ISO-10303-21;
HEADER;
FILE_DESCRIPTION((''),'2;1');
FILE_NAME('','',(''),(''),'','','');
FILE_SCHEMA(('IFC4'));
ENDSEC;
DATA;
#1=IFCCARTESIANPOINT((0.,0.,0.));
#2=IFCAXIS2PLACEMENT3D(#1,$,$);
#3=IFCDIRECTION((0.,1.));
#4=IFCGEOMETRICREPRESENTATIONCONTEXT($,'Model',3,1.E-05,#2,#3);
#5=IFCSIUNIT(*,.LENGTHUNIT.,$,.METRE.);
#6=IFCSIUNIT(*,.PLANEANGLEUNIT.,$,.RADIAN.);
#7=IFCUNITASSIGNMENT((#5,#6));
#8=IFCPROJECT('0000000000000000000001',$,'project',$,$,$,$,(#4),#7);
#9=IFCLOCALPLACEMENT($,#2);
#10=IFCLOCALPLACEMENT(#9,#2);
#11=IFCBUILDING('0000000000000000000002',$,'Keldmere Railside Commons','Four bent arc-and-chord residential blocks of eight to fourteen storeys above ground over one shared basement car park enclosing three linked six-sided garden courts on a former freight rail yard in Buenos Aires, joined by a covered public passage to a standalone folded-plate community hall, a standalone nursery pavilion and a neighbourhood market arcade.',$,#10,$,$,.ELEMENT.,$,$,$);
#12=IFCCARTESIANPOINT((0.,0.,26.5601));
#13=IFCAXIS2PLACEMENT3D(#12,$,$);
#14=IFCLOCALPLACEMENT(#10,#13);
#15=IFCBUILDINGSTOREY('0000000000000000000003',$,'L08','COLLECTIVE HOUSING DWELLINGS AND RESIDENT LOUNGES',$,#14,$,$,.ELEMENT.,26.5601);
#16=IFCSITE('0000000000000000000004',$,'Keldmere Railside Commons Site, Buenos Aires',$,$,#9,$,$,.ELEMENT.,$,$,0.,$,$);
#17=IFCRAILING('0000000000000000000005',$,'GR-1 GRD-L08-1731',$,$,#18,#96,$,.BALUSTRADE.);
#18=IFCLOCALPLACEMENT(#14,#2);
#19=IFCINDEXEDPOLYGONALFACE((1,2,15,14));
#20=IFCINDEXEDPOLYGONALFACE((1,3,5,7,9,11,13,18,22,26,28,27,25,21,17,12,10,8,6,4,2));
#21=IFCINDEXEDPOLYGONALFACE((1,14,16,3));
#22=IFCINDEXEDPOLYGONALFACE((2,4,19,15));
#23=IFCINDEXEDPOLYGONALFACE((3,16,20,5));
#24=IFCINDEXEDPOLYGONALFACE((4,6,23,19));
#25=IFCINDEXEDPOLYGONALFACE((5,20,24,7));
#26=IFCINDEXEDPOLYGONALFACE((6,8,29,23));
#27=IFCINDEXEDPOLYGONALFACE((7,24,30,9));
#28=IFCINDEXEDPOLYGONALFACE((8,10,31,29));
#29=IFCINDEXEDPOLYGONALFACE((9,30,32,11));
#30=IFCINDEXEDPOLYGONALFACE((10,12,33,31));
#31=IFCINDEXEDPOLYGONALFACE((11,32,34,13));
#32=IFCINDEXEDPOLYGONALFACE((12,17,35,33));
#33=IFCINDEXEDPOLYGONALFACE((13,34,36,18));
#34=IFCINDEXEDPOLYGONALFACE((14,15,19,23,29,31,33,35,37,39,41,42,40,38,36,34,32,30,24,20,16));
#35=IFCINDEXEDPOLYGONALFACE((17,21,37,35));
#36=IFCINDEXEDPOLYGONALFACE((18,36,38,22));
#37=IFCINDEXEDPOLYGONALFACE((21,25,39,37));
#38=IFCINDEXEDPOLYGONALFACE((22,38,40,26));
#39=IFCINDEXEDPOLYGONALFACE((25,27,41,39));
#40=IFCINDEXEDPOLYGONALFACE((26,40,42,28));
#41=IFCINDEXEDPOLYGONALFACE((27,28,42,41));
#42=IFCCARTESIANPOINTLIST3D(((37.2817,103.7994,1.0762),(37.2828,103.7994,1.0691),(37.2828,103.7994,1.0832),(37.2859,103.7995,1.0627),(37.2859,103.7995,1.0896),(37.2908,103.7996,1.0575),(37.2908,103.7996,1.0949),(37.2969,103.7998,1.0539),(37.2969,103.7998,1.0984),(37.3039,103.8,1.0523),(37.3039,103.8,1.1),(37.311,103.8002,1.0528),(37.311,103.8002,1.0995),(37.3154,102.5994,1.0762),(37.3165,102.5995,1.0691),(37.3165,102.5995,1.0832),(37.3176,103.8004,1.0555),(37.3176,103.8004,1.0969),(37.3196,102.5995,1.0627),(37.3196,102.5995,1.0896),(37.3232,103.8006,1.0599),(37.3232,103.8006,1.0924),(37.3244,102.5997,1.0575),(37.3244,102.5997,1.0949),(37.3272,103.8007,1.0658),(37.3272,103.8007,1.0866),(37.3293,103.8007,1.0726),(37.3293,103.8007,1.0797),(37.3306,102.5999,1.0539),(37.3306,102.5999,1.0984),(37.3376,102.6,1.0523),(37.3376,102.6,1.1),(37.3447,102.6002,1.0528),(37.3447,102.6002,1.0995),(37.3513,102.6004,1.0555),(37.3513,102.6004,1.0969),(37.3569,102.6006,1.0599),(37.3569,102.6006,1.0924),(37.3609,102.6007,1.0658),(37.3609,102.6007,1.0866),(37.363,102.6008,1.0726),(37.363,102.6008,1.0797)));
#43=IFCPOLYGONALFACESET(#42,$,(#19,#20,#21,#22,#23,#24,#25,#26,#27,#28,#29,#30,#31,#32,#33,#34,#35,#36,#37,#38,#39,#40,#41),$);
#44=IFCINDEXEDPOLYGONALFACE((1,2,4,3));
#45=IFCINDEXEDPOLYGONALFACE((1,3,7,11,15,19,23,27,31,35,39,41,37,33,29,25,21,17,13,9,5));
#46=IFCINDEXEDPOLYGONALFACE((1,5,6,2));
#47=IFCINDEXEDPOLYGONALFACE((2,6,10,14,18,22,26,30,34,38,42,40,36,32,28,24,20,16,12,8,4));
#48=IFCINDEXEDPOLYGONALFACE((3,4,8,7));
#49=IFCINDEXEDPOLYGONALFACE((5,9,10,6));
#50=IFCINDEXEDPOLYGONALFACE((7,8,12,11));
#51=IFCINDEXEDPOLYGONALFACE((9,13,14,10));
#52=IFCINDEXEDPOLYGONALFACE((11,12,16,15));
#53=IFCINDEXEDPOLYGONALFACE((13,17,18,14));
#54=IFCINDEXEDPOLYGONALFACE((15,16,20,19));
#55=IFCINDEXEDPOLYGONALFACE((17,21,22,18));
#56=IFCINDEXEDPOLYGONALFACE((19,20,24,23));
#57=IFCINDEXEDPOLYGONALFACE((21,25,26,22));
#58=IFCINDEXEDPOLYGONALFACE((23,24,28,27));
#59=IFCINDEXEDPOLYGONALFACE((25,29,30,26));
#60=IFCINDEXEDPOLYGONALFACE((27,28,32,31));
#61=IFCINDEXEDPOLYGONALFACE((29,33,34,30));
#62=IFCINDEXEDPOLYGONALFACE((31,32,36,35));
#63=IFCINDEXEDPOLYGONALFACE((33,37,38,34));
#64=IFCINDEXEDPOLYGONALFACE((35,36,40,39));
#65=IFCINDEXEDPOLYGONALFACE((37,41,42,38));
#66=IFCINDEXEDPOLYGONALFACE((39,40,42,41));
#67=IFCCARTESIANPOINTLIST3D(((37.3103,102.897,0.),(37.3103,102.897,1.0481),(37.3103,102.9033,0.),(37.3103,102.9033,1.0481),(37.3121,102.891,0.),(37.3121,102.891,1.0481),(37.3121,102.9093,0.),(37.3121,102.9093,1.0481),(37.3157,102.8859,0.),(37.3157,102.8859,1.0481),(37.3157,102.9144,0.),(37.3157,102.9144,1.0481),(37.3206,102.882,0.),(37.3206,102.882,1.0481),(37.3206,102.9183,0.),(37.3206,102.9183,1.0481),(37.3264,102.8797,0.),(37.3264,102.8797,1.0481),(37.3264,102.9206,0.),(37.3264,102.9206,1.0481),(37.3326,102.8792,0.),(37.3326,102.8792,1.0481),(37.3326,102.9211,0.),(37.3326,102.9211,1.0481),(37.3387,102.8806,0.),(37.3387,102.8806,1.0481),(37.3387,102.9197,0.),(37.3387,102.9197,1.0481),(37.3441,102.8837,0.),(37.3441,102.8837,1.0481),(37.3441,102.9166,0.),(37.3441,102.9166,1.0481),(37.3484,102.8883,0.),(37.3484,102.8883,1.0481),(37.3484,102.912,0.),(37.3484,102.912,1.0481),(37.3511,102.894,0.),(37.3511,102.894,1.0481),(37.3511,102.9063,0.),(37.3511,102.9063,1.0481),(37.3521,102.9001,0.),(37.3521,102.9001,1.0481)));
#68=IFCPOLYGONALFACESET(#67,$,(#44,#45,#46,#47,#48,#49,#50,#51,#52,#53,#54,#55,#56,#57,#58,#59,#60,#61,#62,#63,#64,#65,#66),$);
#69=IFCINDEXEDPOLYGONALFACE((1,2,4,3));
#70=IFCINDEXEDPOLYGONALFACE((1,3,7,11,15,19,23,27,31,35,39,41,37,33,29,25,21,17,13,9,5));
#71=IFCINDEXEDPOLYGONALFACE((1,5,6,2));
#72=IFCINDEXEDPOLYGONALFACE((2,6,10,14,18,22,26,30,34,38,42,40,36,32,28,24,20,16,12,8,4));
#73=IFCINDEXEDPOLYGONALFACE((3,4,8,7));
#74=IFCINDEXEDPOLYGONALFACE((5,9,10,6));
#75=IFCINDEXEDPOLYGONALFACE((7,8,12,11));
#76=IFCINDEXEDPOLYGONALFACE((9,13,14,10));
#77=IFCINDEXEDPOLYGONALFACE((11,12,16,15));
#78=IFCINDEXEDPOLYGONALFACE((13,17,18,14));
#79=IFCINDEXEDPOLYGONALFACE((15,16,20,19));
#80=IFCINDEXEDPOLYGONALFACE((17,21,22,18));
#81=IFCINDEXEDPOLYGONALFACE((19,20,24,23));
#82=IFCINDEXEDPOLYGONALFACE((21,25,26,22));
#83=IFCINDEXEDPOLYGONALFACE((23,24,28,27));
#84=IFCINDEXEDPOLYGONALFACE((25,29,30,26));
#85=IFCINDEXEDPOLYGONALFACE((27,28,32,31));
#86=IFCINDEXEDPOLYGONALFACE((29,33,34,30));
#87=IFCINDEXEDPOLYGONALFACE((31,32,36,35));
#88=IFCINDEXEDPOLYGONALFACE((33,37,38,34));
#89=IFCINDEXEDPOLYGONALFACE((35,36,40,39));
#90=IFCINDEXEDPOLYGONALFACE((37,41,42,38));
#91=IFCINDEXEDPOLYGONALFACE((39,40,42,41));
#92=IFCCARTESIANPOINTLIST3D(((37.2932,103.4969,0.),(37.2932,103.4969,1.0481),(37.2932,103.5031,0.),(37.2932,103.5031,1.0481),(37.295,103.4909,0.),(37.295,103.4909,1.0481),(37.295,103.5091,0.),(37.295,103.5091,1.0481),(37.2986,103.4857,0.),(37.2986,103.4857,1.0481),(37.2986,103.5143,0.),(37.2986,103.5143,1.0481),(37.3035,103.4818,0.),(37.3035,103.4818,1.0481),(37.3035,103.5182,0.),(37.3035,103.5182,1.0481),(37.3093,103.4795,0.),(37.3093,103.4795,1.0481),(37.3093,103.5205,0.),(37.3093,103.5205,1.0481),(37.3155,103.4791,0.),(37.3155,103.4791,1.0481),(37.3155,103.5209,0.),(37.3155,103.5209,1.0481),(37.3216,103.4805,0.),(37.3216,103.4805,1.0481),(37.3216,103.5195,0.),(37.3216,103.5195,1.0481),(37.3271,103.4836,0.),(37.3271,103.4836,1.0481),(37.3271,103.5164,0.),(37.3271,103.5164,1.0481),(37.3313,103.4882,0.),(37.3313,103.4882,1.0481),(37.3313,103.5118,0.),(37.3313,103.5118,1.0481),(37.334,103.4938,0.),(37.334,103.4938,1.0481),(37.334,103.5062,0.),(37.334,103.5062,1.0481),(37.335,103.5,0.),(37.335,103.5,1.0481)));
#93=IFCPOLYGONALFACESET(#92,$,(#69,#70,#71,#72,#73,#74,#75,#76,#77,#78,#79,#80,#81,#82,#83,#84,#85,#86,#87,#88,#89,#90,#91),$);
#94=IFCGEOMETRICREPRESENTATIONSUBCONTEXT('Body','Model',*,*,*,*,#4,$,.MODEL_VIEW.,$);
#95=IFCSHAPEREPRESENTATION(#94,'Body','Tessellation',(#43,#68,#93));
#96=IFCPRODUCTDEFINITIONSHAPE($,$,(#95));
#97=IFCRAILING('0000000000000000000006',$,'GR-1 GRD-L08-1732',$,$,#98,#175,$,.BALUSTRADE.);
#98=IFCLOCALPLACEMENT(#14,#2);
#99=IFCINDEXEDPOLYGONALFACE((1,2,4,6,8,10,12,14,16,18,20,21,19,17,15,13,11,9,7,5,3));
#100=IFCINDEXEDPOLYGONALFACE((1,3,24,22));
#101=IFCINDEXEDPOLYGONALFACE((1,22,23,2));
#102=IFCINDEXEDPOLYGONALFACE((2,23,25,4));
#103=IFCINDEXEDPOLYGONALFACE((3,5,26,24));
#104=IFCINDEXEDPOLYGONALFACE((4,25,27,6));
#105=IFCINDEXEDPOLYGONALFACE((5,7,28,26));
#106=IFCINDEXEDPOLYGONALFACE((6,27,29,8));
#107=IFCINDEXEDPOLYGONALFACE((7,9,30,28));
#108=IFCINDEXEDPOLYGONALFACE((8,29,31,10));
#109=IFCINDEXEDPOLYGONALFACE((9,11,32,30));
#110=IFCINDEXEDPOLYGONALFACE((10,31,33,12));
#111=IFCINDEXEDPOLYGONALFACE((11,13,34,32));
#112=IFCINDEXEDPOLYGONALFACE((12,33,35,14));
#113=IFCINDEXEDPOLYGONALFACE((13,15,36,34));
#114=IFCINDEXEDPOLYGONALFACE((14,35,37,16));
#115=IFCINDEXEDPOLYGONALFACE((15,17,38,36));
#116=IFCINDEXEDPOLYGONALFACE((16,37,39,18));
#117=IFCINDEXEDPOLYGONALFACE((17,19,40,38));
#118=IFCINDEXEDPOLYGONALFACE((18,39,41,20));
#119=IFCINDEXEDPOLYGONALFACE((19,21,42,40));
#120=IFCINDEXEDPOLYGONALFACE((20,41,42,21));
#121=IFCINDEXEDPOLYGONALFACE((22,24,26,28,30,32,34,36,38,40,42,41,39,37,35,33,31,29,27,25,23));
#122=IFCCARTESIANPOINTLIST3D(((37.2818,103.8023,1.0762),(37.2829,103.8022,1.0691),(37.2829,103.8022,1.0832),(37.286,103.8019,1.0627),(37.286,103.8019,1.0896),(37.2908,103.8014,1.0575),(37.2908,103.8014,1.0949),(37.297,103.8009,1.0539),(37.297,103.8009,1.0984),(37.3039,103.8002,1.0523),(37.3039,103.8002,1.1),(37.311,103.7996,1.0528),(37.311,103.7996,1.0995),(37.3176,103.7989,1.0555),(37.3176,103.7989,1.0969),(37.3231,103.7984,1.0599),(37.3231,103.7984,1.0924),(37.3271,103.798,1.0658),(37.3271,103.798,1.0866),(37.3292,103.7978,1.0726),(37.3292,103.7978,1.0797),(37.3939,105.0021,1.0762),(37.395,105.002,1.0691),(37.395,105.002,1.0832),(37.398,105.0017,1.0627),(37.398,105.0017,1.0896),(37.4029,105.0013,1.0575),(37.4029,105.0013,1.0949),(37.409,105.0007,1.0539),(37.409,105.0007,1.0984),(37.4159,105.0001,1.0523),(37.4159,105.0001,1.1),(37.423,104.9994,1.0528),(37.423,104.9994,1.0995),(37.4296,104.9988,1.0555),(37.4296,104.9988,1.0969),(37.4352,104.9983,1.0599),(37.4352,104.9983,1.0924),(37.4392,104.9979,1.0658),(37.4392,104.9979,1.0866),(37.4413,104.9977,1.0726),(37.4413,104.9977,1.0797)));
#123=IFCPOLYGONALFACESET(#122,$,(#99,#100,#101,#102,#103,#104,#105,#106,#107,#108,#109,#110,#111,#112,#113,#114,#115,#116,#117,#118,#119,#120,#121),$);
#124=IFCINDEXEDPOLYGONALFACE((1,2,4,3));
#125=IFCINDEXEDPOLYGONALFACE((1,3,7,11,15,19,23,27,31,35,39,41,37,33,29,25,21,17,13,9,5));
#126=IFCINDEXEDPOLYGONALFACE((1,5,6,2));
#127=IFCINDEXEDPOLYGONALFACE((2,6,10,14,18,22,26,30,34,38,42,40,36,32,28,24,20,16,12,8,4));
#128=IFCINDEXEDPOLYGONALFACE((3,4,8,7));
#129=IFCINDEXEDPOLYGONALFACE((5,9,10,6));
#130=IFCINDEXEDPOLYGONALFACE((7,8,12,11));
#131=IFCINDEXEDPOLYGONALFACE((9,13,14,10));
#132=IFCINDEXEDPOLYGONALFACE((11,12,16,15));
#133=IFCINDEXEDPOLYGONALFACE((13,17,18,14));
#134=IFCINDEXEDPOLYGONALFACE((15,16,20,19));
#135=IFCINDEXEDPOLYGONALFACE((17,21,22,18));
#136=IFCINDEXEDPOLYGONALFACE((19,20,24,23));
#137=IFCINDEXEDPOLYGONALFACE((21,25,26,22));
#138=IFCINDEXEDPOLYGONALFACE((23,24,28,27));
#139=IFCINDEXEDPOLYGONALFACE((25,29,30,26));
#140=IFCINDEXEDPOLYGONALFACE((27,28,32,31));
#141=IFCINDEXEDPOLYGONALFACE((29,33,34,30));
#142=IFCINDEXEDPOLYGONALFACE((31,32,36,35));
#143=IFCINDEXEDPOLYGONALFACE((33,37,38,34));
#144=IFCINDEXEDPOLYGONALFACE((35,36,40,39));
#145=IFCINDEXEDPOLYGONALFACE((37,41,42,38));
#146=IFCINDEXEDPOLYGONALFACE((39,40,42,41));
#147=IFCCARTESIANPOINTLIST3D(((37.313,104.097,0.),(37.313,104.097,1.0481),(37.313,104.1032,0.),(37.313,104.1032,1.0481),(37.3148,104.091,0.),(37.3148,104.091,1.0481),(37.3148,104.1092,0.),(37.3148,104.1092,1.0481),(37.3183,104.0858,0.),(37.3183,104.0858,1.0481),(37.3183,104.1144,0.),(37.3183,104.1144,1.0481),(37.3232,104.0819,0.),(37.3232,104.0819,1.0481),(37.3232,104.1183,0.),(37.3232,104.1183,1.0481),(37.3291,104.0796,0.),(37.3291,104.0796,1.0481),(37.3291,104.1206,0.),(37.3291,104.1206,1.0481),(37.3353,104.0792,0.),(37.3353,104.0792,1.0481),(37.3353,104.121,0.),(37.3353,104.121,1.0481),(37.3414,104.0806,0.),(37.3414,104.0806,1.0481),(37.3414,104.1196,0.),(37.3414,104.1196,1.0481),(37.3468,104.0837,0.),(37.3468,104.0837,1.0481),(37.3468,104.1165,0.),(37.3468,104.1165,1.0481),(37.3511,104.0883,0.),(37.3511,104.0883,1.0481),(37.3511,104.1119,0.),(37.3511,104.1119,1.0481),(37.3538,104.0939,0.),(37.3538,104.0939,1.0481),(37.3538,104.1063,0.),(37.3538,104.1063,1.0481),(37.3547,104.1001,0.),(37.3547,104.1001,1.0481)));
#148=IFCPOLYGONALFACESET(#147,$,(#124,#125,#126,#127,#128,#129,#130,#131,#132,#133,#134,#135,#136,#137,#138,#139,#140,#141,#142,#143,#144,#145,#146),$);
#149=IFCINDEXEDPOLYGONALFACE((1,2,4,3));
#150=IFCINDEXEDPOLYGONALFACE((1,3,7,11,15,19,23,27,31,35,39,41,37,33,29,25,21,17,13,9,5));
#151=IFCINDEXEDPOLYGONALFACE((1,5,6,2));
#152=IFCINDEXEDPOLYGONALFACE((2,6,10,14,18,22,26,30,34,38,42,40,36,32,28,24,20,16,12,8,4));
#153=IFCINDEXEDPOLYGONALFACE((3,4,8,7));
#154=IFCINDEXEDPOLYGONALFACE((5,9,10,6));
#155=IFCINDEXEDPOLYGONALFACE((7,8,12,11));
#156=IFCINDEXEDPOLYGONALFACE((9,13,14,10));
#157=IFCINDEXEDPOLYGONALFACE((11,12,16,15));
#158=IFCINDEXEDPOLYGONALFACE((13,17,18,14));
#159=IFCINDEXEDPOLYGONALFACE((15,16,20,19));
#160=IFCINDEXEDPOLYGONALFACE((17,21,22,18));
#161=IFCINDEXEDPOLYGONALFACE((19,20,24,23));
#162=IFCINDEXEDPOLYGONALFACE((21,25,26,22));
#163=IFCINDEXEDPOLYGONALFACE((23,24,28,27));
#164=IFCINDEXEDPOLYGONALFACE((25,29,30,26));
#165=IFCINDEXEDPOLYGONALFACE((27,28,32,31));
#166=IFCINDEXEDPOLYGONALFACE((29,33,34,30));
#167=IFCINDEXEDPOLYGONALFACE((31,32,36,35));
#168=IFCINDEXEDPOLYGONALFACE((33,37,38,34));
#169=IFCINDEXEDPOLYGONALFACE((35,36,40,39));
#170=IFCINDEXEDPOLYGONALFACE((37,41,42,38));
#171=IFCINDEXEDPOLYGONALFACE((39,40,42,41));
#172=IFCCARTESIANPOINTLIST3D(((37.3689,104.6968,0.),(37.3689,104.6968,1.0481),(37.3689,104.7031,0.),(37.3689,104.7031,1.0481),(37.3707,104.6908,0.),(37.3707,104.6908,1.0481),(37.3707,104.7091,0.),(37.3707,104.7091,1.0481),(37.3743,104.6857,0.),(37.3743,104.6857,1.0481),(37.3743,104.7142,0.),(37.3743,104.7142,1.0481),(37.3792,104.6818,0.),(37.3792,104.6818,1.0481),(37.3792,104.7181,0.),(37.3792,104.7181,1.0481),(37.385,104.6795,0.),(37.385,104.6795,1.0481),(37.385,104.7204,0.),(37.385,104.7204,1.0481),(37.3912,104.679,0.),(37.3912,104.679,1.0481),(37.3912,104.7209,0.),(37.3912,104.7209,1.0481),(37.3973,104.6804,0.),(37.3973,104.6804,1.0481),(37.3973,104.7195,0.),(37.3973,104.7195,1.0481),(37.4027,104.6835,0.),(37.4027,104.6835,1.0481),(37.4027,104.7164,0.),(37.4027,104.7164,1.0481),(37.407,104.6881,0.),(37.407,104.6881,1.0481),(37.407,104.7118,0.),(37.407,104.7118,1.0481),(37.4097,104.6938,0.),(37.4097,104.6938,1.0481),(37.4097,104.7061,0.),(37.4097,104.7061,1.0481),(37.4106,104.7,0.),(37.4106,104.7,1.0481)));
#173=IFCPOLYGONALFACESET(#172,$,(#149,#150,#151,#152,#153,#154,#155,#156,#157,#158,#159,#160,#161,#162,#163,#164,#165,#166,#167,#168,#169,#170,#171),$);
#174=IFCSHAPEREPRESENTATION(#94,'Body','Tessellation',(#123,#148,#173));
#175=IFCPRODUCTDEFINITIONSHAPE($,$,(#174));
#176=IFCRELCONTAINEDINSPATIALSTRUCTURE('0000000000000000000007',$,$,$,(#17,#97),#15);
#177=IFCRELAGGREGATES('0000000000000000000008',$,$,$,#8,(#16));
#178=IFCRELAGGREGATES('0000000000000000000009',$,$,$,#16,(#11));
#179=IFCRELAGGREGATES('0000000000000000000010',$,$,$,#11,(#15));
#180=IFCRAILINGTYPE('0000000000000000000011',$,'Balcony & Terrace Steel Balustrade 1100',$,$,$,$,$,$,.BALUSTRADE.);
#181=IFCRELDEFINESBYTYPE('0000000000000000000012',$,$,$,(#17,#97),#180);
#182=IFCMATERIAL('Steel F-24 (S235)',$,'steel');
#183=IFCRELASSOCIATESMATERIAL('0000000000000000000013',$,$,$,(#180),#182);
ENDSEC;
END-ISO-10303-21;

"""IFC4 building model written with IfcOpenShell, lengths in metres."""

from ifc_helpers import new_model, si_unit, direction, frame, origin, origin_2d, place, context, subcontext, project, spatial, circle, extrude, material, type_object, element, save


model = new_model("IFC4")

# Units and contexts
model_context = context("Model", 3, precision=1e-05, world=origin(), true_north=direction((0.0, 1.0)))
body_context = subcontext(model_context, "Body", "Model", "MODEL_VIEW")
ifc_project = project(units=[si_unit("LENGTHUNIT", "METRE"), si_unit("PLANEANGLEUNIT", "RADIAN")], contexts=[model_context])

# Site, building, storey
site_placement = place(None, origin())
site = spatial("IfcSite", under=ifc_project, at=site_placement, Name="Keldmere Railside Commons Site, Buenos Aires", CompositionType="ELEMENT", RefElevation=0.0)
building_placement = place(site_placement, origin())
building = spatial("IfcBuilding", under=site, at=building_placement, Name="Keldmere Railside Commons", Description="Four bent arc-and-chord residential blocks of eight to fourteen storeys above ground over one shared basement car park enclosing three linked six-sided garden courts on a former freight rail yard in Buenos Aires, joined by a covered public passage to a standalone folded-plate community hall, a standalone nursery pavilion and a neighbourhood market arcade.", CompositionType="ELEMENT")
storey_placement = place(building_placement, frame((0.0, 0.0, 26.5601)))
storey = spatial("IfcBuildingStorey", under=building, at=storey_placement, Name="L08", Description="COLLECTIVE HOUSING DWELLINGS AND RESIDENT LOUNGES", CompositionType="ELEMENT", Elevation=26.5601)

# Railings
ifc_material_1 = material(Name="Steel F-24 (S235)", Category="steel")
railing_type = type_object("IfcRailingType", Name="Balcony & Terrace Steel Balustrade 1100", PredefinedType="BALUSTRADE", material=ifc_material_1)
railing_1_placement = place(storey_placement, frame((37.3394, 102.6001, 0.0)))
element("IfcRailing", 1, at=railing_1_placement, inside=storey, type_object=railing_type, Name="GR-1 GRD-L08-1731", PredefinedType="BALUSTRADE", context=body_context, shape_type="SweptSolid", body=[
    extrude(circle(Radius=0.0239, at=origin_2d()), frame((0.0, 0.0, 1.0762), z_axis=(-0.028066, 0.999606, 0.0), x_axis=(-0.999606, -0.028066, 0.0)), (0.0, 0.0, 1.0), 1.2004),
    extrude(circle(Radius=0.021, at=origin_2d()), frame((-0.0083, 0.3, 0.0)), (0.0, 0.0, 1.0), 1.0481),
    extrude(circle(Radius=0.021, at=origin_2d()), frame((-0.0254, 0.8999, 0.0)), (0.0, 0.0, 1.0), 1.0481),
])
railing_2_placement = place(storey_placement, frame((37.3057, 103.8, 0.0)))
element("IfcRailing", 2, at=railing_2_placement, inside=storey, type_object=railing_type, Name="GR-1 GRD-L08-1732", PredefinedType="BALUSTRADE", context=body_context, shape_type="SweptSolid", body=[
    extrude(circle(Radius=0.0239, at=origin_2d()), frame((0.0, 0.0, 1.0762), z_axis=(0.092983, 0.995668, 0.0), x_axis=(-0.995668, 0.092983, 0.0)), (0.0, 0.0, 1.0), 1.2051),
    extrude(circle(Radius=0.021, at=origin_2d()), frame((0.0281, 0.3, 0.0)), (0.0, 0.0, 1.0), 1.0481),
    extrude(circle(Radius=0.021, at=origin_2d()), frame((0.084, 0.8999, 0.0)), (0.0, 0.0, 1.0), 1.0481),
])

save(model, "model.ifc")
